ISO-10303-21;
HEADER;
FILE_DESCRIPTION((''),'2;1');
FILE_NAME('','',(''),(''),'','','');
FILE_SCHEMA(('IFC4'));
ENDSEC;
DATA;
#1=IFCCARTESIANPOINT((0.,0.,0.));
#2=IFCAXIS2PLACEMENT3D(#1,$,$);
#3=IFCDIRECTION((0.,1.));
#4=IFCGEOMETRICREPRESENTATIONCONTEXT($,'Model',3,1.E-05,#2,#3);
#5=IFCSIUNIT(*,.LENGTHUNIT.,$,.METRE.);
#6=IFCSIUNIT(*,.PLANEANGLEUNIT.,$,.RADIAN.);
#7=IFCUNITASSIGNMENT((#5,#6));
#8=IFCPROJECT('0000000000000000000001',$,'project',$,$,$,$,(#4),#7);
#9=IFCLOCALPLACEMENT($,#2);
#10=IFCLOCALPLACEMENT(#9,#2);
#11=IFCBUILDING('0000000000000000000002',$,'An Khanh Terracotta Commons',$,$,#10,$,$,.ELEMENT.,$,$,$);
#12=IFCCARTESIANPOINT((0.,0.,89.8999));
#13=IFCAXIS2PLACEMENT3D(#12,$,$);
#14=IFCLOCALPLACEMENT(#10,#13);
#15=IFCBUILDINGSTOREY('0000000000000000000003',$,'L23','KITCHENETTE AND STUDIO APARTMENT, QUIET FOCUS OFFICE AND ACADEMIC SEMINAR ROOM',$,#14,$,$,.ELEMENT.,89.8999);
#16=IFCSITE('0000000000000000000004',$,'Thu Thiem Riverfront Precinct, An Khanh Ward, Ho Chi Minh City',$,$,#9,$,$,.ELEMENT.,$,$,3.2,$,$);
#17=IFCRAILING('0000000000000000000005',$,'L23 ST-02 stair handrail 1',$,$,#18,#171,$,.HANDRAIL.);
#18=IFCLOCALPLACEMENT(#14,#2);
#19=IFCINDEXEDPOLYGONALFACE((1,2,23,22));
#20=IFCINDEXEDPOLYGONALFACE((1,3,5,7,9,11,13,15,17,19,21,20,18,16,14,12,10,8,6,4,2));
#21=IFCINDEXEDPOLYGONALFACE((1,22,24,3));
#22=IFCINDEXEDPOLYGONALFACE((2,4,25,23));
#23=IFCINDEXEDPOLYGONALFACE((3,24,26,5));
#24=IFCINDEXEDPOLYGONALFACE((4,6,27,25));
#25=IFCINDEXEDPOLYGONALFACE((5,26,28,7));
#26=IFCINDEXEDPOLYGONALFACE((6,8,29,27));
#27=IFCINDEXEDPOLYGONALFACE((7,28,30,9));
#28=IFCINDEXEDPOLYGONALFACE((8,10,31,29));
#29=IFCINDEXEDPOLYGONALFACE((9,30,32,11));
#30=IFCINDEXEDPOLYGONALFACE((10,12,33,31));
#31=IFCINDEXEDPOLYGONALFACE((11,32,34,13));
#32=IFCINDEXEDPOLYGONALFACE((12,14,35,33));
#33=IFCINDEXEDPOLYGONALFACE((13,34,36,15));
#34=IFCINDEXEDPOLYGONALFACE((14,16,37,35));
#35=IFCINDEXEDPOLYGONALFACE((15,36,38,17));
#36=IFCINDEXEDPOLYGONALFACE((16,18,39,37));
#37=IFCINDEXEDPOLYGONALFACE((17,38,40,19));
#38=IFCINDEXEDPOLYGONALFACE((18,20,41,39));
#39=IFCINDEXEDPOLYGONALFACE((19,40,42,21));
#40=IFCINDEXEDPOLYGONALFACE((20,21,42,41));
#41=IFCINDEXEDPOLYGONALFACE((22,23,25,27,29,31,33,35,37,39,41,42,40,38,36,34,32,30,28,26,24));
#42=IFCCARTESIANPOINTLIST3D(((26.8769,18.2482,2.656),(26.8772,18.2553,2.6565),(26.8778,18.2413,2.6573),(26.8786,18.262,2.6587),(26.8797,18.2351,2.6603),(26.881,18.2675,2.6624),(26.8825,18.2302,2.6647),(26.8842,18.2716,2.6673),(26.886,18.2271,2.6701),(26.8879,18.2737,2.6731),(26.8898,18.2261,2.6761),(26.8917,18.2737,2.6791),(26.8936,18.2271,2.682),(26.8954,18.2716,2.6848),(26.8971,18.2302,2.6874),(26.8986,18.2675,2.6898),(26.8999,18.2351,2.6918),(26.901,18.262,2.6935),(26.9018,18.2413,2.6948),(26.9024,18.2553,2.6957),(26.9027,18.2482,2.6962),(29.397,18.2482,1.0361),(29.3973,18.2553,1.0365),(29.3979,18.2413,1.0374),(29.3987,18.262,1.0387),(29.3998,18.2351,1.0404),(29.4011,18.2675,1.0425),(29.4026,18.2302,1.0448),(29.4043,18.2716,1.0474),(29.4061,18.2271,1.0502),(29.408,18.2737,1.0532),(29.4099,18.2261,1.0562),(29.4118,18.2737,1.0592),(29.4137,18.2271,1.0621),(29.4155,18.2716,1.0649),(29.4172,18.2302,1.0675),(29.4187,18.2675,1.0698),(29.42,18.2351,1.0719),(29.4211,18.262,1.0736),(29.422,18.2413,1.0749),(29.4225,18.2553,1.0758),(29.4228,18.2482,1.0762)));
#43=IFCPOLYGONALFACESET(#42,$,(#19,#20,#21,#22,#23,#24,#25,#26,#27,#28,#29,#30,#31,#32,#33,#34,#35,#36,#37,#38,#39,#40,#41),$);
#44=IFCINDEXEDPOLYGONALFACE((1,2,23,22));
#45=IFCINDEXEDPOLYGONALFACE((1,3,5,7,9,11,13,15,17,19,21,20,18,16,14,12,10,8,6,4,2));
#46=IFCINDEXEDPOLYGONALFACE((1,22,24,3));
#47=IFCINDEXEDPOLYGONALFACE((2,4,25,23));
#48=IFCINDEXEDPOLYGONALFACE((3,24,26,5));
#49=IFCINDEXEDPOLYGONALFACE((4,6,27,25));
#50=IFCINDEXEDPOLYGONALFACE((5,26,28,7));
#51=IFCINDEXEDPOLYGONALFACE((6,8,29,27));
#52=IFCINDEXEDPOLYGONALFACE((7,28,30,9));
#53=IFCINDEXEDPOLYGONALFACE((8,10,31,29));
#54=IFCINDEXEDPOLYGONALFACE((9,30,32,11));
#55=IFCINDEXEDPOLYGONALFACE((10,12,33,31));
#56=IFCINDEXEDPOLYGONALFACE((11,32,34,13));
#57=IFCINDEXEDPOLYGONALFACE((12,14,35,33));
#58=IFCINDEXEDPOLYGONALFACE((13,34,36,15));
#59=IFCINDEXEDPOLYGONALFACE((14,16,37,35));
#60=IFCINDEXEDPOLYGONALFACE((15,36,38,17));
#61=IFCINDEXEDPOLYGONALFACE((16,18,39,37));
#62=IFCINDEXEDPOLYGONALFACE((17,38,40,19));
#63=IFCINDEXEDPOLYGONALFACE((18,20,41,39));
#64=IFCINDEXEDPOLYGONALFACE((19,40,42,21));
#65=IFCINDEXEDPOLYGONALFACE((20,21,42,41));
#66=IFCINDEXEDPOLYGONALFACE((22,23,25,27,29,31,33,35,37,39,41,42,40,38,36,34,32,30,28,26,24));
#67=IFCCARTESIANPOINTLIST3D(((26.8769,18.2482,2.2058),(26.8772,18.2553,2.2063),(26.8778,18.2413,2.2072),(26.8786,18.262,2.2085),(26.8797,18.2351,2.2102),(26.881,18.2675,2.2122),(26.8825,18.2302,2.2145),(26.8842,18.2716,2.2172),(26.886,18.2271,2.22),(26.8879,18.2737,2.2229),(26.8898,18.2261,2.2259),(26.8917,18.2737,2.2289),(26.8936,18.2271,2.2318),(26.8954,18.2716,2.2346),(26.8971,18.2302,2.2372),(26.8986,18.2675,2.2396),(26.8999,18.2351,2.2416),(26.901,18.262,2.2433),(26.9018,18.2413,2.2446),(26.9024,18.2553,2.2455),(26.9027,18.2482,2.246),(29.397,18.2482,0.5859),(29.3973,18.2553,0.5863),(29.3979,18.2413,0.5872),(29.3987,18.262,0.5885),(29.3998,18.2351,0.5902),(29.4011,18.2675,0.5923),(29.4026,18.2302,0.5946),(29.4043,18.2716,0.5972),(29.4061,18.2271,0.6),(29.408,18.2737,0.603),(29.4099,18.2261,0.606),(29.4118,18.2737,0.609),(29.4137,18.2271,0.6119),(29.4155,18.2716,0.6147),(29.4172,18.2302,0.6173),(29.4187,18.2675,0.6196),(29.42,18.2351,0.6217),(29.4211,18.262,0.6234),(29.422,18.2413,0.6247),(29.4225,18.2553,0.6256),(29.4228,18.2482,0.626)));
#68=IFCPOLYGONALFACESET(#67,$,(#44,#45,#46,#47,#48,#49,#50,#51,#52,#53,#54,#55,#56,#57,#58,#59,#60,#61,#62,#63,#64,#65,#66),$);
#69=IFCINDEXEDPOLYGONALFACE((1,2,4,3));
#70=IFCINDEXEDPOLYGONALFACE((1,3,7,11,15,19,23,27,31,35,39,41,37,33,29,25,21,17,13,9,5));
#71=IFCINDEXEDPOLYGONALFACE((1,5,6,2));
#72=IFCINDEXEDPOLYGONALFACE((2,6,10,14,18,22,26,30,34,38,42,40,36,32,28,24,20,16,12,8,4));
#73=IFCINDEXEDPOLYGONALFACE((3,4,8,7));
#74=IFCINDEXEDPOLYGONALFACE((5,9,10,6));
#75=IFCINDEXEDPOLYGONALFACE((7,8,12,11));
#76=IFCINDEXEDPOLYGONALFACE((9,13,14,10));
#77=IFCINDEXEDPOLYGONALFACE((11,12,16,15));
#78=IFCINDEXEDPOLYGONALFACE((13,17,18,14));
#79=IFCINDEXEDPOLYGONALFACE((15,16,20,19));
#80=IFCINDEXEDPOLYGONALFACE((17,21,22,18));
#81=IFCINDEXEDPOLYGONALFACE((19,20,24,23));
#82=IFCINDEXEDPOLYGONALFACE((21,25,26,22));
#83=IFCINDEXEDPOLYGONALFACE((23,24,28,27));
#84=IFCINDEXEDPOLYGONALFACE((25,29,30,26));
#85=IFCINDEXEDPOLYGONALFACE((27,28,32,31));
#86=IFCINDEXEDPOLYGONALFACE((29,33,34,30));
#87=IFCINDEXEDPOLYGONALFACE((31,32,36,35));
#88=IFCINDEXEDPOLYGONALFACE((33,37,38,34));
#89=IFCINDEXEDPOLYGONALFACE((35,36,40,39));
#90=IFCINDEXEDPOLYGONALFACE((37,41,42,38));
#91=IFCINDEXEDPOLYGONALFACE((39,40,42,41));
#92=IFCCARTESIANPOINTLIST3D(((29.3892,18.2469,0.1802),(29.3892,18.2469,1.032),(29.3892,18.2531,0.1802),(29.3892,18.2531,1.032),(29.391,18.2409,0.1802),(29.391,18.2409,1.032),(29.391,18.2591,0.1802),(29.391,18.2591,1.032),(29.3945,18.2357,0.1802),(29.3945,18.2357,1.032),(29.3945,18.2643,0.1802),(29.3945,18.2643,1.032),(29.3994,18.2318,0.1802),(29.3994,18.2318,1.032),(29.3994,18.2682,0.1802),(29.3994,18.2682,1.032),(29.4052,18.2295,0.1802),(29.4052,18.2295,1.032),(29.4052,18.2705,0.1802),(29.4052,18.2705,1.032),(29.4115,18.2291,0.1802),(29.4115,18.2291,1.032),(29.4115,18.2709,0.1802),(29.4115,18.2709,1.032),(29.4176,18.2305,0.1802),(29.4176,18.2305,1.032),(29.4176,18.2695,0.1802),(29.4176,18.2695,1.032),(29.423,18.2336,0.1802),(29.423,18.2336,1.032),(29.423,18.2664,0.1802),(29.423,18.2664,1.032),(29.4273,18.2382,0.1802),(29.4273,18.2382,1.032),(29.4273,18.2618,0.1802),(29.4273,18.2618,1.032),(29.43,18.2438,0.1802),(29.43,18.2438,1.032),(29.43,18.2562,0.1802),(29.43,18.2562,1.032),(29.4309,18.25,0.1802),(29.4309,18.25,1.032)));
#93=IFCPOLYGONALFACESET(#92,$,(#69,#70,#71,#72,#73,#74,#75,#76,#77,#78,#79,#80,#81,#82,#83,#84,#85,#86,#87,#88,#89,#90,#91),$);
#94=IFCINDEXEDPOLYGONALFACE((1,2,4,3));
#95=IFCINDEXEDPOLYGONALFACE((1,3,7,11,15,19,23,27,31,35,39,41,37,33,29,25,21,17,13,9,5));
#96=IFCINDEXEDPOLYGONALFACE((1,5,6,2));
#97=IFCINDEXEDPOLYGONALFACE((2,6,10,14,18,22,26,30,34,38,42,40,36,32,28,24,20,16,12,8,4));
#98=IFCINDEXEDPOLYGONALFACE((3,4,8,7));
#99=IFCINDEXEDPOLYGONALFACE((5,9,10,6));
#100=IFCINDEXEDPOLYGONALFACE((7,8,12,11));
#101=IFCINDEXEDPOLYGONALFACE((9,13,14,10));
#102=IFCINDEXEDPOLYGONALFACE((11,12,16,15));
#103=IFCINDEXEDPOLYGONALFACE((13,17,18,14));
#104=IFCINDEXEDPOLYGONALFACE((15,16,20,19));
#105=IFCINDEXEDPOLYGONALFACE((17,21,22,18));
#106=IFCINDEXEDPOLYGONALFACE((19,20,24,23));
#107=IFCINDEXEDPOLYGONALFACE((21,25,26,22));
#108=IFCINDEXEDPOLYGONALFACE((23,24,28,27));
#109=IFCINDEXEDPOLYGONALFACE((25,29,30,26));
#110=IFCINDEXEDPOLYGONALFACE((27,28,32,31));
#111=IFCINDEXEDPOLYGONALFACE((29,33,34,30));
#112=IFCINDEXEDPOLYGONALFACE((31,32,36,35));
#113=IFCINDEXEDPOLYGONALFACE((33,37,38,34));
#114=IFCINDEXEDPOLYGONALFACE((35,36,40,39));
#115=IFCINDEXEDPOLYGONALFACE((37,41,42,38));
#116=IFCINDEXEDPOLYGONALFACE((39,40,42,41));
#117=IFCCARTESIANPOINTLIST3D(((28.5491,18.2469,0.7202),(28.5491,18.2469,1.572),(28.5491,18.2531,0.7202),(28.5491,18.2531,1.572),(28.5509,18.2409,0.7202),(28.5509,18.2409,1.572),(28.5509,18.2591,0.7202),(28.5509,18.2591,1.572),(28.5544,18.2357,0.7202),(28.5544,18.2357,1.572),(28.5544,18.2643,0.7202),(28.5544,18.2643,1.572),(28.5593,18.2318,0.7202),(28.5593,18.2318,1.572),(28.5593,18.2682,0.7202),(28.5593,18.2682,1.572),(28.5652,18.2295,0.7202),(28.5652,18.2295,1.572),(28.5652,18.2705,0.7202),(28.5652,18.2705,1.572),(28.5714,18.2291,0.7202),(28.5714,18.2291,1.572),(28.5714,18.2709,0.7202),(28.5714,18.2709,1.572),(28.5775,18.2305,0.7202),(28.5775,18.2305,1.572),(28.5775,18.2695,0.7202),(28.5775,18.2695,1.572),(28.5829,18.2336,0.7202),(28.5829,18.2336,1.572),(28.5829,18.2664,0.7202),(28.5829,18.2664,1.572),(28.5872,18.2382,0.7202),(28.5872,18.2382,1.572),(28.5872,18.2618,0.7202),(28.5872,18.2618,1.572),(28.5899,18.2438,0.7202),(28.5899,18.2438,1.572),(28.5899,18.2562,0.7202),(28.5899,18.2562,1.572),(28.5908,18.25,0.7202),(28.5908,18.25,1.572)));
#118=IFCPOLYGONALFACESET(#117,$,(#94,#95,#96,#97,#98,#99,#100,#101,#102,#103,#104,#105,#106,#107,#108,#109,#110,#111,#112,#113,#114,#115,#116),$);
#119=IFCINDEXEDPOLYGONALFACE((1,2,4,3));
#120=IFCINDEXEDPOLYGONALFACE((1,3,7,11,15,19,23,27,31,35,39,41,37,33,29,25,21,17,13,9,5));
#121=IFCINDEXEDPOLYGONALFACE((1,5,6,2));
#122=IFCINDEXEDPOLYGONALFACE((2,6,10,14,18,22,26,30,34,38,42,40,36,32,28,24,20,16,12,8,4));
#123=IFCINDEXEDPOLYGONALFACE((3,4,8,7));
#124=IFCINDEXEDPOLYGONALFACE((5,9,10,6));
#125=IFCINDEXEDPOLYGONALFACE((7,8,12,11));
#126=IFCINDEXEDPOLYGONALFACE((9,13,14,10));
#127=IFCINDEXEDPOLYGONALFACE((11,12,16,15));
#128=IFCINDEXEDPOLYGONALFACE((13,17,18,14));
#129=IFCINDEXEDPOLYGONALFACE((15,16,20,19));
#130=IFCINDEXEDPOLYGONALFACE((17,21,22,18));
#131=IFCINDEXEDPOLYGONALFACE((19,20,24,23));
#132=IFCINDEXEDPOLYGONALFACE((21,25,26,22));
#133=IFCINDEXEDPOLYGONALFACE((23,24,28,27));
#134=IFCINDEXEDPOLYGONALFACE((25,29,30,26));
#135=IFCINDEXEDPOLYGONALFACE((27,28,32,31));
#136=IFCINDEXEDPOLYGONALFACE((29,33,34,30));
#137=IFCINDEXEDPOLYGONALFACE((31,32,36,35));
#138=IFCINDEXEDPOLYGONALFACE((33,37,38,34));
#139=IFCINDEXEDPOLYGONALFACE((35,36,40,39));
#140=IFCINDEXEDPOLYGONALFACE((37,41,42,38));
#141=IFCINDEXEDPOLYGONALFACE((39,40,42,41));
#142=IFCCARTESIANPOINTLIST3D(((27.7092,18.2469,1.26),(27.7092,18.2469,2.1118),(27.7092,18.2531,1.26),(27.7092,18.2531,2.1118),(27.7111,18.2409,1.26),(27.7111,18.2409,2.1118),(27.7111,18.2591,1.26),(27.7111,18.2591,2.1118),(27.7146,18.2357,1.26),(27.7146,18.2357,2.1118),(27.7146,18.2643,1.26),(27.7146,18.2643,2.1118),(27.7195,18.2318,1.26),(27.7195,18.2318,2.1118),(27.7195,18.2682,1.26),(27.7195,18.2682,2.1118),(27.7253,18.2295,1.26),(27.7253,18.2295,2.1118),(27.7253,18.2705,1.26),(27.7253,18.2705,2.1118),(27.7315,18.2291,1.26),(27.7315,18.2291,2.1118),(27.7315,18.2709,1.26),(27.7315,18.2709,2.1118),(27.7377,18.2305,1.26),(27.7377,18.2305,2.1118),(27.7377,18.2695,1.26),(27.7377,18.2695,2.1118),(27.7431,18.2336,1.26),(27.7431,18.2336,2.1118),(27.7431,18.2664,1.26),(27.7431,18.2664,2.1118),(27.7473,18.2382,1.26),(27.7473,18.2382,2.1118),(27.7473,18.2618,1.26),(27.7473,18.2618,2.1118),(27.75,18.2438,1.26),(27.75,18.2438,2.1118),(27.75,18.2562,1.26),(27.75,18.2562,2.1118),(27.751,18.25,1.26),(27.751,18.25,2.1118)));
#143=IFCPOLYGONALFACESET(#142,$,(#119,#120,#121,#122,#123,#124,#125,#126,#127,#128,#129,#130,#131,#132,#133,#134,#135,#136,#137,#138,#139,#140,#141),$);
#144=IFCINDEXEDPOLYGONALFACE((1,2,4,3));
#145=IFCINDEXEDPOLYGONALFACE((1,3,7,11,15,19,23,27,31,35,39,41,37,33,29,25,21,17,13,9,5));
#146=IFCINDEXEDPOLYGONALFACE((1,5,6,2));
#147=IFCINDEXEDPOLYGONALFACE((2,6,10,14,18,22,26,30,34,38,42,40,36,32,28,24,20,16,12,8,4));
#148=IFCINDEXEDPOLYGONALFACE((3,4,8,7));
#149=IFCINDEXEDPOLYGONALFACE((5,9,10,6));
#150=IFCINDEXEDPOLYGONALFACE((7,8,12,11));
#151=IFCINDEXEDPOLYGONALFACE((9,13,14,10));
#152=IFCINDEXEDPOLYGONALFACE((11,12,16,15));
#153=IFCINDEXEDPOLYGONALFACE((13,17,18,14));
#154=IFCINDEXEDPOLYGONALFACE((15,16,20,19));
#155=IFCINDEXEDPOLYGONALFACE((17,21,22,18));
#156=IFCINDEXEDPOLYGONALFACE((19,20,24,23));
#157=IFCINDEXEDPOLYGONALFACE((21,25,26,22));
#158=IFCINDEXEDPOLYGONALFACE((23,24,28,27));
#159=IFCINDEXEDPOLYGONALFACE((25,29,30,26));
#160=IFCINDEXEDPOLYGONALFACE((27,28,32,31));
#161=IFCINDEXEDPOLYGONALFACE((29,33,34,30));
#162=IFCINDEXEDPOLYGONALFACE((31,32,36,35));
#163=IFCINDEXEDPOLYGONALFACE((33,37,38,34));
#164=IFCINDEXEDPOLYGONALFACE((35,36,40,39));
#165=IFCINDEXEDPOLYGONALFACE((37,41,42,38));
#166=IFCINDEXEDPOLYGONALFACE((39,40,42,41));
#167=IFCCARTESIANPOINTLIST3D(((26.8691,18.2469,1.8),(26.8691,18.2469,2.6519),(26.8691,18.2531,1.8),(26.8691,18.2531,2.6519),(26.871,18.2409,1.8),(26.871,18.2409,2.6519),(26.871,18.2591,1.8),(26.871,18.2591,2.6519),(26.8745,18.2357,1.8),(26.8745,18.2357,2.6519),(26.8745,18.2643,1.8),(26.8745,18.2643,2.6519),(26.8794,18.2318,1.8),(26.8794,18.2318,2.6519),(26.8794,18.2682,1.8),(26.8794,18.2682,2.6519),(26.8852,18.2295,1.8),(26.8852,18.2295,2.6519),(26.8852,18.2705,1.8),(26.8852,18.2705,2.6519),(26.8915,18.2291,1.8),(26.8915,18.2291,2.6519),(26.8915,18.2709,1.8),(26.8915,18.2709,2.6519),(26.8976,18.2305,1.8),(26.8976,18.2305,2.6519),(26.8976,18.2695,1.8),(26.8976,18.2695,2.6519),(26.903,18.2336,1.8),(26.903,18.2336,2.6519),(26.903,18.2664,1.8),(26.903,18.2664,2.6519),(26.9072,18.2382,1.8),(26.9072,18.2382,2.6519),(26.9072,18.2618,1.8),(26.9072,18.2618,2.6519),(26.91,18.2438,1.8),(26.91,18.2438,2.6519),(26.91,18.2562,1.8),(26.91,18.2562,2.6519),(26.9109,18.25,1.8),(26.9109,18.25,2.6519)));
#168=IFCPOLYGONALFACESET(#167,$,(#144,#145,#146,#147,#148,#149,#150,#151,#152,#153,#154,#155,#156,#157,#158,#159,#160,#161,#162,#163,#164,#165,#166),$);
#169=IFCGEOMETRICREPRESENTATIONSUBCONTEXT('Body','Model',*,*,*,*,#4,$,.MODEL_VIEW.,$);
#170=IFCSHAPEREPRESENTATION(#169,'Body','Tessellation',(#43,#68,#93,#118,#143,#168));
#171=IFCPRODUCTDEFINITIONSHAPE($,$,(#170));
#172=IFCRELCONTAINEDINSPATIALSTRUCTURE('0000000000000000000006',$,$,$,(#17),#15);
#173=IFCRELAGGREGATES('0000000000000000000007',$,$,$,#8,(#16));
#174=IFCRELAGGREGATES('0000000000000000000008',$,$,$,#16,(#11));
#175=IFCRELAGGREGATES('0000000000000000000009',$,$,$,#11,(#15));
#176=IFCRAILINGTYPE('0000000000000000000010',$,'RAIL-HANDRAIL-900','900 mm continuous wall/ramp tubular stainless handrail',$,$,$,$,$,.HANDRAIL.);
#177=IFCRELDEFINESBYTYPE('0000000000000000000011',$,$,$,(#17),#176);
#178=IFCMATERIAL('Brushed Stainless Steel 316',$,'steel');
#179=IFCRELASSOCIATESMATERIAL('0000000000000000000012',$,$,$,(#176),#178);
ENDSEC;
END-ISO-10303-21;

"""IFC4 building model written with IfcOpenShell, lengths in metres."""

from ifc_helpers import new_model, si_unit, direction, frame, origin, origin_2d, place, context, subcontext, project, spatial, circle, extrude, material, type_object, element, save


model = new_model("IFC4")

# Units and contexts
model_context = context("Model", 3, precision=1e-05, world=origin(), true_north=direction((0.0, 1.0)))
body_context = subcontext(model_context, "Body", "Model", "MODEL_VIEW")
ifc_project = project(units=[si_unit("LENGTHUNIT", "METRE"), si_unit("PLANEANGLEUNIT", "RADIAN")], contexts=[model_context])

# Site, building, storey
site_placement = place(None, origin())
site = spatial("IfcSite", under=ifc_project, at=site_placement, Name="Thu Thiem Riverfront Precinct, An Khanh Ward, Ho Chi Minh City", CompositionType="ELEMENT", RefElevation=3.2)
building_placement = place(site_placement, origin())
building = spatial("IfcBuilding", under=site, at=building_placement, Name="An Khanh Terracotta Commons", CompositionType="ELEMENT")
storey_placement = place(building_placement, frame((0.0, 0.0, 89.8999)))
storey = spatial("IfcBuildingStorey", under=building, at=storey_placement, Name="L23", Description="KITCHENETTE AND STUDIO APARTMENT, QUIET FOCUS OFFICE AND ACADEMIC SEMINAR ROOM", CompositionType="ELEMENT", Elevation=89.8999)

# Railing
ifc_material_1 = material(Name="Brushed Stainless Steel 316", Category="steel")
railing_type = type_object("IfcRailingType", Name="RAIL-HANDRAIL-900", Description="900 mm continuous wall/ramp tubular stainless handrail", PredefinedType="HANDRAIL", material=ifc_material_1)
railing_placement = place(storey_placement, frame((29.4099, 18.25, 0.1802)))
element("IfcRailing", 1, at=railing_placement, inside=storey, type_object=railing_type, Name="L23 ST-02 stair handrail 1", PredefinedType="HANDRAIL", context=body_context, shape_type="SweptSolid", body=[
    extrude(circle(Radius=0.0239, at=origin_2d()), frame((0.0, 0.0, 0.876), z_axis=(-0.8412, 0.0, 0.540725), x_axis=(0.0, -1.0, 0.0)), (0.0, 0.0, 1.0), 2.9958),
    extrude(circle(Radius=0.0239, at=origin_2d()), frame((0.0, 0.0, 0.4258), z_axis=(-0.8412, 0.0, 0.540725), x_axis=(0.0, -1.0, 0.0)), (0.0, 0.0, 1.0), 2.9958),
    extrude(circle(Radius=0.021, at=origin_2d()), origin(), (0.0, 0.0, 1.0), 0.8518),
    extrude(circle(Radius=0.021, at=origin_2d()), frame((-0.8401, 0.0, 0.54)), (0.0, 0.0, 1.0), 0.8518),
    extrude(circle(Radius=0.021, at=origin_2d()), frame((-1.6799, 0.0, 1.0798)), (0.0, 0.0, 1.0), 0.8518),
    extrude(circle(Radius=0.021, at=origin_2d()), frame((-2.52, 0.0, 1.6199)), (0.0, 0.0, 1.0), 0.8518),
])

save(model, "model.ifc")
